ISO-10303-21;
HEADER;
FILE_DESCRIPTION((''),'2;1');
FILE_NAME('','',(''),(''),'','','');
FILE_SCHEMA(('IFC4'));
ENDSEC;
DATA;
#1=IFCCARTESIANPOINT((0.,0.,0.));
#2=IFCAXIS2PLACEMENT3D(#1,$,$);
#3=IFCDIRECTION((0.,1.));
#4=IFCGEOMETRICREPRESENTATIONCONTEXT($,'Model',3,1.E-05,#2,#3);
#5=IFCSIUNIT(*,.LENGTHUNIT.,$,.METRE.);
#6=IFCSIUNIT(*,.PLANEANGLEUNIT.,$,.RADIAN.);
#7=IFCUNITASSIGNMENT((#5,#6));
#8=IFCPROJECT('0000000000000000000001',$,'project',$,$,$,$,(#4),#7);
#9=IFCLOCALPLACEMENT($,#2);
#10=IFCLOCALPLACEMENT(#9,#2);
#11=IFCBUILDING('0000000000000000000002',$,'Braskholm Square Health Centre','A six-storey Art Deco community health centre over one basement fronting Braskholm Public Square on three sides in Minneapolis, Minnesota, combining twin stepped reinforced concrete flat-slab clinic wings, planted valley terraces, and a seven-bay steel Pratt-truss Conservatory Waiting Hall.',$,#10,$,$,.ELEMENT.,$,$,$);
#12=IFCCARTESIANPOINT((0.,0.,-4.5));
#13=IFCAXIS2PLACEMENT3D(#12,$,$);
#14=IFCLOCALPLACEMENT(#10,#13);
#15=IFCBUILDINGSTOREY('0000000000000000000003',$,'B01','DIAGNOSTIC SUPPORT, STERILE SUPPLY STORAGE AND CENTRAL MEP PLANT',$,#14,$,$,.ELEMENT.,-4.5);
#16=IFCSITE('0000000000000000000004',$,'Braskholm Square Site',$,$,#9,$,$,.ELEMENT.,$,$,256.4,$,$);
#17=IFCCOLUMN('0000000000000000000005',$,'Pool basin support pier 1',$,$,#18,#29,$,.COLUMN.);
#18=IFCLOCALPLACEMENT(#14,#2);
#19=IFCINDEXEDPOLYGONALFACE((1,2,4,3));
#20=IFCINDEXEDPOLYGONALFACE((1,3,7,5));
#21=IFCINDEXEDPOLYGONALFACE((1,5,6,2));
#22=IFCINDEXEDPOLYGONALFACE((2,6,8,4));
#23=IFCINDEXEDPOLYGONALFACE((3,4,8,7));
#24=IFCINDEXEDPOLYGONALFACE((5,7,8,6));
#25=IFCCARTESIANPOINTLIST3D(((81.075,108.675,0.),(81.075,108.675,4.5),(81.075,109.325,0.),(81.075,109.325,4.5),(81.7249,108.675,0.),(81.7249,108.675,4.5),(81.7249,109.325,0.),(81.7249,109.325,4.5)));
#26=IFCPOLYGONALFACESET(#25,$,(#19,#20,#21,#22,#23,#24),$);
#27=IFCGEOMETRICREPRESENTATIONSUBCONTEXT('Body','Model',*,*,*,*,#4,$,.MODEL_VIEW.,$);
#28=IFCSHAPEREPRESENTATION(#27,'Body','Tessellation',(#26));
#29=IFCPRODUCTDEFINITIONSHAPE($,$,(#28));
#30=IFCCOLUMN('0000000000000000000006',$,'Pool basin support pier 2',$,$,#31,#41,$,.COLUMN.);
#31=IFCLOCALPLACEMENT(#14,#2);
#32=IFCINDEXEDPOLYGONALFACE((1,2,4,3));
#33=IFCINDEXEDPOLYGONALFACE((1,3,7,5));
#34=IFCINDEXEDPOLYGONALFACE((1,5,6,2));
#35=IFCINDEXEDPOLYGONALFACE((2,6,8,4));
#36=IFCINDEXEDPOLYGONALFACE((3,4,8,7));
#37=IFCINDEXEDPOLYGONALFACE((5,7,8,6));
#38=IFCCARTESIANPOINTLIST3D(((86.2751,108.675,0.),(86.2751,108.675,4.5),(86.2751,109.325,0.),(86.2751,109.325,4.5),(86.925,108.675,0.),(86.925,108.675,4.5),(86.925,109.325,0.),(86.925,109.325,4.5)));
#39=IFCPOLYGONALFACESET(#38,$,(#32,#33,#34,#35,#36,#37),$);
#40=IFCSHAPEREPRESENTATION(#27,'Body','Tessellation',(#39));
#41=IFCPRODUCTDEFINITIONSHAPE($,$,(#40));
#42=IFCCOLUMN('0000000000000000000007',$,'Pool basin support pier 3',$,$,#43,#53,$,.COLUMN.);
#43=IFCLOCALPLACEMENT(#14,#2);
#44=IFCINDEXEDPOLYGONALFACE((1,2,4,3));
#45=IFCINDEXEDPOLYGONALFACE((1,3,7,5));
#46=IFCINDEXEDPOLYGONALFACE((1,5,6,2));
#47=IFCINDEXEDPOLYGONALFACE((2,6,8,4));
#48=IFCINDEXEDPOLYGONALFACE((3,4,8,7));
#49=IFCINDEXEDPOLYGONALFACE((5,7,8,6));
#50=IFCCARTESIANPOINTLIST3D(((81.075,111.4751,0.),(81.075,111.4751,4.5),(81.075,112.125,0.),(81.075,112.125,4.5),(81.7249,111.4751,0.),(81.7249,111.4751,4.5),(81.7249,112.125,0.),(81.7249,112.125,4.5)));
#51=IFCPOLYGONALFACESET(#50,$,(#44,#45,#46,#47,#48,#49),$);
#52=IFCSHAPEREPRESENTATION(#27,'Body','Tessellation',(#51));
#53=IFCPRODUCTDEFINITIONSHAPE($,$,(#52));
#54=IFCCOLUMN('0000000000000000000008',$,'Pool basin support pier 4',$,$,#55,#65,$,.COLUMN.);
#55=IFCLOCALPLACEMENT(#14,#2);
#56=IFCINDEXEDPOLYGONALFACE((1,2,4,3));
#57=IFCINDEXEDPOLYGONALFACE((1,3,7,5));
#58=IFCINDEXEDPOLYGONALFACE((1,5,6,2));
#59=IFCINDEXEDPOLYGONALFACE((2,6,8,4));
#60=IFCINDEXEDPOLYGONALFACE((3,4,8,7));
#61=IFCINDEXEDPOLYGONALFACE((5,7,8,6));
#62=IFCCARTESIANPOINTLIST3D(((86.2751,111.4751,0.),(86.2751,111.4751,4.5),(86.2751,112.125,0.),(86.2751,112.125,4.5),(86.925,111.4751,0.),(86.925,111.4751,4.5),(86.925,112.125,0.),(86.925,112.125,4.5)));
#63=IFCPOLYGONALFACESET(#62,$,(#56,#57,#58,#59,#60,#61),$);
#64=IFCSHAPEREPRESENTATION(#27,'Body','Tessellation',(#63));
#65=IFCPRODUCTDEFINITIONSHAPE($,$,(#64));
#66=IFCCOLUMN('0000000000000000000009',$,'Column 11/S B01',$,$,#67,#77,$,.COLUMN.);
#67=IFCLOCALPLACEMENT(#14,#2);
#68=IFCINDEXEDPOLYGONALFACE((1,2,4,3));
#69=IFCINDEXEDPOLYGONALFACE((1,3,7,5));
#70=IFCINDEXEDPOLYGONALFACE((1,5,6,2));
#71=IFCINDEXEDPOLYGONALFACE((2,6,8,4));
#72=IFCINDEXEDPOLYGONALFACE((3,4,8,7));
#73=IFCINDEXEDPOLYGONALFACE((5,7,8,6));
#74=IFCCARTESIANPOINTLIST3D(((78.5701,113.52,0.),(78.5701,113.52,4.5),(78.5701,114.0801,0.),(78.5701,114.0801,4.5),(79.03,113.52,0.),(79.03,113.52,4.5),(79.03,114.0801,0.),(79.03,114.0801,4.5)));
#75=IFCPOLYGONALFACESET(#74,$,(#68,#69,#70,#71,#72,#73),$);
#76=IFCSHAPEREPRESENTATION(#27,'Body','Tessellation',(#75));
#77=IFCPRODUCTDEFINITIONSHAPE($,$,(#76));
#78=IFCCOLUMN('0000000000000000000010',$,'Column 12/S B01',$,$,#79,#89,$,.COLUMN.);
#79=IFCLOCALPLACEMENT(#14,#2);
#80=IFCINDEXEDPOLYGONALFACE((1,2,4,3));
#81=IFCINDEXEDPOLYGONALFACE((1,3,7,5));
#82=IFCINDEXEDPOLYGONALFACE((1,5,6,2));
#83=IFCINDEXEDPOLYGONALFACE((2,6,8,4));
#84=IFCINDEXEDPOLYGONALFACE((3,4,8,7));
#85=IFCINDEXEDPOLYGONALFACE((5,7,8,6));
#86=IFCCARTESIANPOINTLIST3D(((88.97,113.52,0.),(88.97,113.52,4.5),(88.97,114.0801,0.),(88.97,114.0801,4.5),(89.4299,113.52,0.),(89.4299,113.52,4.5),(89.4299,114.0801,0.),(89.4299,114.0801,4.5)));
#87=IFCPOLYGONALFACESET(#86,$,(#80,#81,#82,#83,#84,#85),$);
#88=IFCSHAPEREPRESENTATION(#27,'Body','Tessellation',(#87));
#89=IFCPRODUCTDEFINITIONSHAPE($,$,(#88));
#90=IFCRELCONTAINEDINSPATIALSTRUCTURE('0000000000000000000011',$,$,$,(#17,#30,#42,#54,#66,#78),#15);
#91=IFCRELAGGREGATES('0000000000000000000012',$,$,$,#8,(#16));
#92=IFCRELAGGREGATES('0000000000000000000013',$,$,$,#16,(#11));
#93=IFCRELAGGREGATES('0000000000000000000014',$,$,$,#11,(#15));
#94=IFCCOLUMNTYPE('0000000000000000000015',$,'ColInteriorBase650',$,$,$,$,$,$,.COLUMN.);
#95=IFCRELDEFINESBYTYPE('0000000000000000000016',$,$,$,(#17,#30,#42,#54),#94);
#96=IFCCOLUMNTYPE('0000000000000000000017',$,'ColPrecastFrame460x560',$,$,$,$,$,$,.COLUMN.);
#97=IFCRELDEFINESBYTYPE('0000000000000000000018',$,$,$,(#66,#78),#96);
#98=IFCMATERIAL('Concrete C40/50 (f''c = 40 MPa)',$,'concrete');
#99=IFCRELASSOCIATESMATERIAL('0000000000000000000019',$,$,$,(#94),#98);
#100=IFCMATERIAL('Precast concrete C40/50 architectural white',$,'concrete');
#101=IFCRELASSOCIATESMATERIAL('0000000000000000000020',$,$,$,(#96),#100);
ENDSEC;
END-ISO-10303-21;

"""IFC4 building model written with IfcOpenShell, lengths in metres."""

from ifc_helpers import new_model, si_unit, direction, frame, origin, origin_2d, place, context, subcontext, project, spatial, rectangle, extrude, material, material_profile, profile_set, type_object, element, save


model = new_model("IFC4")

# Units and contexts
model_context = context("Model", 3, precision=1e-05, world=origin(), true_north=direction((0.0, 1.0)))
body_context = subcontext(model_context, "Body", "Model", "MODEL_VIEW")
ifc_project = project(units=[si_unit("LENGTHUNIT", "METRE"), si_unit("PLANEANGLEUNIT", "RADIAN")], contexts=[model_context])

# Site, building, storey
site_placement = place(None, origin())
site = spatial("IfcSite", under=ifc_project, at=site_placement, Name="Braskholm Square Site", CompositionType="ELEMENT", RefElevation=256.4)
building_placement = place(site_placement, origin())
building = spatial("IfcBuilding", under=site, at=building_placement, Name="Braskholm Square Health Centre", Description="A six-storey Art Deco community health centre over one basement fronting Braskholm Public Square on three sides in Minneapolis, Minnesota, combining twin stepped reinforced concrete flat-slab clinic wings, planted valley terraces, and a seven-bay steel Pratt-truss Conservatory Waiting Hall.", CompositionType="ELEMENT")
storey_placement = place(building_placement, frame((0.0, 0.0, -4.5)))
storey = spatial("IfcBuildingStorey", under=building, at=storey_placement, Name="B01", Description="DIAGNOSTIC SUPPORT, STERILE SUPPLY STORAGE AND CENTRAL MEP PLANT", CompositionType="ELEMENT", Elevation=-4.5)

# Shared definitions
ifc_material_1 = material(Name="Concrete C40/50 (f'c = 40 MPa)", Category="concrete")

# Columns
ifc_material_profile_1 = material_profile(ifc_material_1, rectangle(XDim=0.6499, YDim=0.6499, at=origin_2d()), Name="RC-650X650")
ifc_profile_set_1 = profile_set([ifc_material_profile_1], Name="Concrete C40/50 (f'c = 40 MPa)")
column_type_1 = type_object("IfcColumnType", Name="ColInteriorBase650", PredefinedType="COLUMN", material=ifc_profile_set_1)
for number, where, z_axis, x_axis, name in (
    (1, (81.3999, 109.0, 0.0), (0.0, 0.0, 1.0), (1.0, 0.0, 0.0), "Pool basin support pier 1"),
    (2, (86.6001, 109.0, 0.0), (0.0, 0.0, 1.0), (1.0, 0.0, 0.0), "Pool basin support pier 2"),
    (3, (81.3999, 111.8, 0.0), (0.0, 0.0, 1.0), (1.0, 0.0, 0.0), "Pool basin support pier 3"),
    (4, (86.6001, 111.8, 0.0), (0.0, 0.0, 1.0), (1.0, 0.0, 0.0), "Pool basin support pier 4"),
):
    element("IfcColumn", number, at=place(storey_placement, frame(where, z_axis=z_axis, x_axis=x_axis)), inside=storey, type_object=column_type_1, Name=name, PredefinedType="COLUMN", context=body_context, shape_type="SweptSolid", body=[
        extrude(rectangle(XDim=0.6499, YDim=0.6499, at=origin_2d()), origin(), (0.0, 0.0, 1.0), 4.5),
    ])
ifc_material_2 = material(Name="Precast concrete C40/50 architectural white", Category="concrete")
ifc_material_profile_2 = material_profile(ifc_material_2, rectangle(XDim=0.46, YDim=0.5601, at=origin_2d()), Name="RC-460X560")
ifc_profile_set_2 = profile_set([ifc_material_profile_2], Name="Precast concrete C40/50 architectural white")
column_type_2 = type_object("IfcColumnType", Name="ColPrecastFrame460x560", PredefinedType="COLUMN", material=ifc_profile_set_2)
for number, where, z_axis, x_axis, name in (
    (5, (78.8, 113.8, 0.0), (0.0, 0.0, 1.0), (1.0, 0.0, 0.0), "Column 11/S B01"),
    (6, (89.2, 113.8, 0.0), (0.0, 0.0, 1.0), (1.0, 0.0, 0.0), "Column 12/S B01"),
):
    element("IfcColumn", number, at=place(storey_placement, frame(where, z_axis=z_axis, x_axis=x_axis)), inside=storey, type_object=column_type_2, Name=name, PredefinedType="COLUMN", context=body_context, shape_type="SweptSolid", body=[
        extrude(rectangle(XDim=0.46, YDim=0.5601, at=origin_2d()), origin(), (0.0, 0.0, 1.0), 4.5),
    ])

save(model, "model.ifc")
